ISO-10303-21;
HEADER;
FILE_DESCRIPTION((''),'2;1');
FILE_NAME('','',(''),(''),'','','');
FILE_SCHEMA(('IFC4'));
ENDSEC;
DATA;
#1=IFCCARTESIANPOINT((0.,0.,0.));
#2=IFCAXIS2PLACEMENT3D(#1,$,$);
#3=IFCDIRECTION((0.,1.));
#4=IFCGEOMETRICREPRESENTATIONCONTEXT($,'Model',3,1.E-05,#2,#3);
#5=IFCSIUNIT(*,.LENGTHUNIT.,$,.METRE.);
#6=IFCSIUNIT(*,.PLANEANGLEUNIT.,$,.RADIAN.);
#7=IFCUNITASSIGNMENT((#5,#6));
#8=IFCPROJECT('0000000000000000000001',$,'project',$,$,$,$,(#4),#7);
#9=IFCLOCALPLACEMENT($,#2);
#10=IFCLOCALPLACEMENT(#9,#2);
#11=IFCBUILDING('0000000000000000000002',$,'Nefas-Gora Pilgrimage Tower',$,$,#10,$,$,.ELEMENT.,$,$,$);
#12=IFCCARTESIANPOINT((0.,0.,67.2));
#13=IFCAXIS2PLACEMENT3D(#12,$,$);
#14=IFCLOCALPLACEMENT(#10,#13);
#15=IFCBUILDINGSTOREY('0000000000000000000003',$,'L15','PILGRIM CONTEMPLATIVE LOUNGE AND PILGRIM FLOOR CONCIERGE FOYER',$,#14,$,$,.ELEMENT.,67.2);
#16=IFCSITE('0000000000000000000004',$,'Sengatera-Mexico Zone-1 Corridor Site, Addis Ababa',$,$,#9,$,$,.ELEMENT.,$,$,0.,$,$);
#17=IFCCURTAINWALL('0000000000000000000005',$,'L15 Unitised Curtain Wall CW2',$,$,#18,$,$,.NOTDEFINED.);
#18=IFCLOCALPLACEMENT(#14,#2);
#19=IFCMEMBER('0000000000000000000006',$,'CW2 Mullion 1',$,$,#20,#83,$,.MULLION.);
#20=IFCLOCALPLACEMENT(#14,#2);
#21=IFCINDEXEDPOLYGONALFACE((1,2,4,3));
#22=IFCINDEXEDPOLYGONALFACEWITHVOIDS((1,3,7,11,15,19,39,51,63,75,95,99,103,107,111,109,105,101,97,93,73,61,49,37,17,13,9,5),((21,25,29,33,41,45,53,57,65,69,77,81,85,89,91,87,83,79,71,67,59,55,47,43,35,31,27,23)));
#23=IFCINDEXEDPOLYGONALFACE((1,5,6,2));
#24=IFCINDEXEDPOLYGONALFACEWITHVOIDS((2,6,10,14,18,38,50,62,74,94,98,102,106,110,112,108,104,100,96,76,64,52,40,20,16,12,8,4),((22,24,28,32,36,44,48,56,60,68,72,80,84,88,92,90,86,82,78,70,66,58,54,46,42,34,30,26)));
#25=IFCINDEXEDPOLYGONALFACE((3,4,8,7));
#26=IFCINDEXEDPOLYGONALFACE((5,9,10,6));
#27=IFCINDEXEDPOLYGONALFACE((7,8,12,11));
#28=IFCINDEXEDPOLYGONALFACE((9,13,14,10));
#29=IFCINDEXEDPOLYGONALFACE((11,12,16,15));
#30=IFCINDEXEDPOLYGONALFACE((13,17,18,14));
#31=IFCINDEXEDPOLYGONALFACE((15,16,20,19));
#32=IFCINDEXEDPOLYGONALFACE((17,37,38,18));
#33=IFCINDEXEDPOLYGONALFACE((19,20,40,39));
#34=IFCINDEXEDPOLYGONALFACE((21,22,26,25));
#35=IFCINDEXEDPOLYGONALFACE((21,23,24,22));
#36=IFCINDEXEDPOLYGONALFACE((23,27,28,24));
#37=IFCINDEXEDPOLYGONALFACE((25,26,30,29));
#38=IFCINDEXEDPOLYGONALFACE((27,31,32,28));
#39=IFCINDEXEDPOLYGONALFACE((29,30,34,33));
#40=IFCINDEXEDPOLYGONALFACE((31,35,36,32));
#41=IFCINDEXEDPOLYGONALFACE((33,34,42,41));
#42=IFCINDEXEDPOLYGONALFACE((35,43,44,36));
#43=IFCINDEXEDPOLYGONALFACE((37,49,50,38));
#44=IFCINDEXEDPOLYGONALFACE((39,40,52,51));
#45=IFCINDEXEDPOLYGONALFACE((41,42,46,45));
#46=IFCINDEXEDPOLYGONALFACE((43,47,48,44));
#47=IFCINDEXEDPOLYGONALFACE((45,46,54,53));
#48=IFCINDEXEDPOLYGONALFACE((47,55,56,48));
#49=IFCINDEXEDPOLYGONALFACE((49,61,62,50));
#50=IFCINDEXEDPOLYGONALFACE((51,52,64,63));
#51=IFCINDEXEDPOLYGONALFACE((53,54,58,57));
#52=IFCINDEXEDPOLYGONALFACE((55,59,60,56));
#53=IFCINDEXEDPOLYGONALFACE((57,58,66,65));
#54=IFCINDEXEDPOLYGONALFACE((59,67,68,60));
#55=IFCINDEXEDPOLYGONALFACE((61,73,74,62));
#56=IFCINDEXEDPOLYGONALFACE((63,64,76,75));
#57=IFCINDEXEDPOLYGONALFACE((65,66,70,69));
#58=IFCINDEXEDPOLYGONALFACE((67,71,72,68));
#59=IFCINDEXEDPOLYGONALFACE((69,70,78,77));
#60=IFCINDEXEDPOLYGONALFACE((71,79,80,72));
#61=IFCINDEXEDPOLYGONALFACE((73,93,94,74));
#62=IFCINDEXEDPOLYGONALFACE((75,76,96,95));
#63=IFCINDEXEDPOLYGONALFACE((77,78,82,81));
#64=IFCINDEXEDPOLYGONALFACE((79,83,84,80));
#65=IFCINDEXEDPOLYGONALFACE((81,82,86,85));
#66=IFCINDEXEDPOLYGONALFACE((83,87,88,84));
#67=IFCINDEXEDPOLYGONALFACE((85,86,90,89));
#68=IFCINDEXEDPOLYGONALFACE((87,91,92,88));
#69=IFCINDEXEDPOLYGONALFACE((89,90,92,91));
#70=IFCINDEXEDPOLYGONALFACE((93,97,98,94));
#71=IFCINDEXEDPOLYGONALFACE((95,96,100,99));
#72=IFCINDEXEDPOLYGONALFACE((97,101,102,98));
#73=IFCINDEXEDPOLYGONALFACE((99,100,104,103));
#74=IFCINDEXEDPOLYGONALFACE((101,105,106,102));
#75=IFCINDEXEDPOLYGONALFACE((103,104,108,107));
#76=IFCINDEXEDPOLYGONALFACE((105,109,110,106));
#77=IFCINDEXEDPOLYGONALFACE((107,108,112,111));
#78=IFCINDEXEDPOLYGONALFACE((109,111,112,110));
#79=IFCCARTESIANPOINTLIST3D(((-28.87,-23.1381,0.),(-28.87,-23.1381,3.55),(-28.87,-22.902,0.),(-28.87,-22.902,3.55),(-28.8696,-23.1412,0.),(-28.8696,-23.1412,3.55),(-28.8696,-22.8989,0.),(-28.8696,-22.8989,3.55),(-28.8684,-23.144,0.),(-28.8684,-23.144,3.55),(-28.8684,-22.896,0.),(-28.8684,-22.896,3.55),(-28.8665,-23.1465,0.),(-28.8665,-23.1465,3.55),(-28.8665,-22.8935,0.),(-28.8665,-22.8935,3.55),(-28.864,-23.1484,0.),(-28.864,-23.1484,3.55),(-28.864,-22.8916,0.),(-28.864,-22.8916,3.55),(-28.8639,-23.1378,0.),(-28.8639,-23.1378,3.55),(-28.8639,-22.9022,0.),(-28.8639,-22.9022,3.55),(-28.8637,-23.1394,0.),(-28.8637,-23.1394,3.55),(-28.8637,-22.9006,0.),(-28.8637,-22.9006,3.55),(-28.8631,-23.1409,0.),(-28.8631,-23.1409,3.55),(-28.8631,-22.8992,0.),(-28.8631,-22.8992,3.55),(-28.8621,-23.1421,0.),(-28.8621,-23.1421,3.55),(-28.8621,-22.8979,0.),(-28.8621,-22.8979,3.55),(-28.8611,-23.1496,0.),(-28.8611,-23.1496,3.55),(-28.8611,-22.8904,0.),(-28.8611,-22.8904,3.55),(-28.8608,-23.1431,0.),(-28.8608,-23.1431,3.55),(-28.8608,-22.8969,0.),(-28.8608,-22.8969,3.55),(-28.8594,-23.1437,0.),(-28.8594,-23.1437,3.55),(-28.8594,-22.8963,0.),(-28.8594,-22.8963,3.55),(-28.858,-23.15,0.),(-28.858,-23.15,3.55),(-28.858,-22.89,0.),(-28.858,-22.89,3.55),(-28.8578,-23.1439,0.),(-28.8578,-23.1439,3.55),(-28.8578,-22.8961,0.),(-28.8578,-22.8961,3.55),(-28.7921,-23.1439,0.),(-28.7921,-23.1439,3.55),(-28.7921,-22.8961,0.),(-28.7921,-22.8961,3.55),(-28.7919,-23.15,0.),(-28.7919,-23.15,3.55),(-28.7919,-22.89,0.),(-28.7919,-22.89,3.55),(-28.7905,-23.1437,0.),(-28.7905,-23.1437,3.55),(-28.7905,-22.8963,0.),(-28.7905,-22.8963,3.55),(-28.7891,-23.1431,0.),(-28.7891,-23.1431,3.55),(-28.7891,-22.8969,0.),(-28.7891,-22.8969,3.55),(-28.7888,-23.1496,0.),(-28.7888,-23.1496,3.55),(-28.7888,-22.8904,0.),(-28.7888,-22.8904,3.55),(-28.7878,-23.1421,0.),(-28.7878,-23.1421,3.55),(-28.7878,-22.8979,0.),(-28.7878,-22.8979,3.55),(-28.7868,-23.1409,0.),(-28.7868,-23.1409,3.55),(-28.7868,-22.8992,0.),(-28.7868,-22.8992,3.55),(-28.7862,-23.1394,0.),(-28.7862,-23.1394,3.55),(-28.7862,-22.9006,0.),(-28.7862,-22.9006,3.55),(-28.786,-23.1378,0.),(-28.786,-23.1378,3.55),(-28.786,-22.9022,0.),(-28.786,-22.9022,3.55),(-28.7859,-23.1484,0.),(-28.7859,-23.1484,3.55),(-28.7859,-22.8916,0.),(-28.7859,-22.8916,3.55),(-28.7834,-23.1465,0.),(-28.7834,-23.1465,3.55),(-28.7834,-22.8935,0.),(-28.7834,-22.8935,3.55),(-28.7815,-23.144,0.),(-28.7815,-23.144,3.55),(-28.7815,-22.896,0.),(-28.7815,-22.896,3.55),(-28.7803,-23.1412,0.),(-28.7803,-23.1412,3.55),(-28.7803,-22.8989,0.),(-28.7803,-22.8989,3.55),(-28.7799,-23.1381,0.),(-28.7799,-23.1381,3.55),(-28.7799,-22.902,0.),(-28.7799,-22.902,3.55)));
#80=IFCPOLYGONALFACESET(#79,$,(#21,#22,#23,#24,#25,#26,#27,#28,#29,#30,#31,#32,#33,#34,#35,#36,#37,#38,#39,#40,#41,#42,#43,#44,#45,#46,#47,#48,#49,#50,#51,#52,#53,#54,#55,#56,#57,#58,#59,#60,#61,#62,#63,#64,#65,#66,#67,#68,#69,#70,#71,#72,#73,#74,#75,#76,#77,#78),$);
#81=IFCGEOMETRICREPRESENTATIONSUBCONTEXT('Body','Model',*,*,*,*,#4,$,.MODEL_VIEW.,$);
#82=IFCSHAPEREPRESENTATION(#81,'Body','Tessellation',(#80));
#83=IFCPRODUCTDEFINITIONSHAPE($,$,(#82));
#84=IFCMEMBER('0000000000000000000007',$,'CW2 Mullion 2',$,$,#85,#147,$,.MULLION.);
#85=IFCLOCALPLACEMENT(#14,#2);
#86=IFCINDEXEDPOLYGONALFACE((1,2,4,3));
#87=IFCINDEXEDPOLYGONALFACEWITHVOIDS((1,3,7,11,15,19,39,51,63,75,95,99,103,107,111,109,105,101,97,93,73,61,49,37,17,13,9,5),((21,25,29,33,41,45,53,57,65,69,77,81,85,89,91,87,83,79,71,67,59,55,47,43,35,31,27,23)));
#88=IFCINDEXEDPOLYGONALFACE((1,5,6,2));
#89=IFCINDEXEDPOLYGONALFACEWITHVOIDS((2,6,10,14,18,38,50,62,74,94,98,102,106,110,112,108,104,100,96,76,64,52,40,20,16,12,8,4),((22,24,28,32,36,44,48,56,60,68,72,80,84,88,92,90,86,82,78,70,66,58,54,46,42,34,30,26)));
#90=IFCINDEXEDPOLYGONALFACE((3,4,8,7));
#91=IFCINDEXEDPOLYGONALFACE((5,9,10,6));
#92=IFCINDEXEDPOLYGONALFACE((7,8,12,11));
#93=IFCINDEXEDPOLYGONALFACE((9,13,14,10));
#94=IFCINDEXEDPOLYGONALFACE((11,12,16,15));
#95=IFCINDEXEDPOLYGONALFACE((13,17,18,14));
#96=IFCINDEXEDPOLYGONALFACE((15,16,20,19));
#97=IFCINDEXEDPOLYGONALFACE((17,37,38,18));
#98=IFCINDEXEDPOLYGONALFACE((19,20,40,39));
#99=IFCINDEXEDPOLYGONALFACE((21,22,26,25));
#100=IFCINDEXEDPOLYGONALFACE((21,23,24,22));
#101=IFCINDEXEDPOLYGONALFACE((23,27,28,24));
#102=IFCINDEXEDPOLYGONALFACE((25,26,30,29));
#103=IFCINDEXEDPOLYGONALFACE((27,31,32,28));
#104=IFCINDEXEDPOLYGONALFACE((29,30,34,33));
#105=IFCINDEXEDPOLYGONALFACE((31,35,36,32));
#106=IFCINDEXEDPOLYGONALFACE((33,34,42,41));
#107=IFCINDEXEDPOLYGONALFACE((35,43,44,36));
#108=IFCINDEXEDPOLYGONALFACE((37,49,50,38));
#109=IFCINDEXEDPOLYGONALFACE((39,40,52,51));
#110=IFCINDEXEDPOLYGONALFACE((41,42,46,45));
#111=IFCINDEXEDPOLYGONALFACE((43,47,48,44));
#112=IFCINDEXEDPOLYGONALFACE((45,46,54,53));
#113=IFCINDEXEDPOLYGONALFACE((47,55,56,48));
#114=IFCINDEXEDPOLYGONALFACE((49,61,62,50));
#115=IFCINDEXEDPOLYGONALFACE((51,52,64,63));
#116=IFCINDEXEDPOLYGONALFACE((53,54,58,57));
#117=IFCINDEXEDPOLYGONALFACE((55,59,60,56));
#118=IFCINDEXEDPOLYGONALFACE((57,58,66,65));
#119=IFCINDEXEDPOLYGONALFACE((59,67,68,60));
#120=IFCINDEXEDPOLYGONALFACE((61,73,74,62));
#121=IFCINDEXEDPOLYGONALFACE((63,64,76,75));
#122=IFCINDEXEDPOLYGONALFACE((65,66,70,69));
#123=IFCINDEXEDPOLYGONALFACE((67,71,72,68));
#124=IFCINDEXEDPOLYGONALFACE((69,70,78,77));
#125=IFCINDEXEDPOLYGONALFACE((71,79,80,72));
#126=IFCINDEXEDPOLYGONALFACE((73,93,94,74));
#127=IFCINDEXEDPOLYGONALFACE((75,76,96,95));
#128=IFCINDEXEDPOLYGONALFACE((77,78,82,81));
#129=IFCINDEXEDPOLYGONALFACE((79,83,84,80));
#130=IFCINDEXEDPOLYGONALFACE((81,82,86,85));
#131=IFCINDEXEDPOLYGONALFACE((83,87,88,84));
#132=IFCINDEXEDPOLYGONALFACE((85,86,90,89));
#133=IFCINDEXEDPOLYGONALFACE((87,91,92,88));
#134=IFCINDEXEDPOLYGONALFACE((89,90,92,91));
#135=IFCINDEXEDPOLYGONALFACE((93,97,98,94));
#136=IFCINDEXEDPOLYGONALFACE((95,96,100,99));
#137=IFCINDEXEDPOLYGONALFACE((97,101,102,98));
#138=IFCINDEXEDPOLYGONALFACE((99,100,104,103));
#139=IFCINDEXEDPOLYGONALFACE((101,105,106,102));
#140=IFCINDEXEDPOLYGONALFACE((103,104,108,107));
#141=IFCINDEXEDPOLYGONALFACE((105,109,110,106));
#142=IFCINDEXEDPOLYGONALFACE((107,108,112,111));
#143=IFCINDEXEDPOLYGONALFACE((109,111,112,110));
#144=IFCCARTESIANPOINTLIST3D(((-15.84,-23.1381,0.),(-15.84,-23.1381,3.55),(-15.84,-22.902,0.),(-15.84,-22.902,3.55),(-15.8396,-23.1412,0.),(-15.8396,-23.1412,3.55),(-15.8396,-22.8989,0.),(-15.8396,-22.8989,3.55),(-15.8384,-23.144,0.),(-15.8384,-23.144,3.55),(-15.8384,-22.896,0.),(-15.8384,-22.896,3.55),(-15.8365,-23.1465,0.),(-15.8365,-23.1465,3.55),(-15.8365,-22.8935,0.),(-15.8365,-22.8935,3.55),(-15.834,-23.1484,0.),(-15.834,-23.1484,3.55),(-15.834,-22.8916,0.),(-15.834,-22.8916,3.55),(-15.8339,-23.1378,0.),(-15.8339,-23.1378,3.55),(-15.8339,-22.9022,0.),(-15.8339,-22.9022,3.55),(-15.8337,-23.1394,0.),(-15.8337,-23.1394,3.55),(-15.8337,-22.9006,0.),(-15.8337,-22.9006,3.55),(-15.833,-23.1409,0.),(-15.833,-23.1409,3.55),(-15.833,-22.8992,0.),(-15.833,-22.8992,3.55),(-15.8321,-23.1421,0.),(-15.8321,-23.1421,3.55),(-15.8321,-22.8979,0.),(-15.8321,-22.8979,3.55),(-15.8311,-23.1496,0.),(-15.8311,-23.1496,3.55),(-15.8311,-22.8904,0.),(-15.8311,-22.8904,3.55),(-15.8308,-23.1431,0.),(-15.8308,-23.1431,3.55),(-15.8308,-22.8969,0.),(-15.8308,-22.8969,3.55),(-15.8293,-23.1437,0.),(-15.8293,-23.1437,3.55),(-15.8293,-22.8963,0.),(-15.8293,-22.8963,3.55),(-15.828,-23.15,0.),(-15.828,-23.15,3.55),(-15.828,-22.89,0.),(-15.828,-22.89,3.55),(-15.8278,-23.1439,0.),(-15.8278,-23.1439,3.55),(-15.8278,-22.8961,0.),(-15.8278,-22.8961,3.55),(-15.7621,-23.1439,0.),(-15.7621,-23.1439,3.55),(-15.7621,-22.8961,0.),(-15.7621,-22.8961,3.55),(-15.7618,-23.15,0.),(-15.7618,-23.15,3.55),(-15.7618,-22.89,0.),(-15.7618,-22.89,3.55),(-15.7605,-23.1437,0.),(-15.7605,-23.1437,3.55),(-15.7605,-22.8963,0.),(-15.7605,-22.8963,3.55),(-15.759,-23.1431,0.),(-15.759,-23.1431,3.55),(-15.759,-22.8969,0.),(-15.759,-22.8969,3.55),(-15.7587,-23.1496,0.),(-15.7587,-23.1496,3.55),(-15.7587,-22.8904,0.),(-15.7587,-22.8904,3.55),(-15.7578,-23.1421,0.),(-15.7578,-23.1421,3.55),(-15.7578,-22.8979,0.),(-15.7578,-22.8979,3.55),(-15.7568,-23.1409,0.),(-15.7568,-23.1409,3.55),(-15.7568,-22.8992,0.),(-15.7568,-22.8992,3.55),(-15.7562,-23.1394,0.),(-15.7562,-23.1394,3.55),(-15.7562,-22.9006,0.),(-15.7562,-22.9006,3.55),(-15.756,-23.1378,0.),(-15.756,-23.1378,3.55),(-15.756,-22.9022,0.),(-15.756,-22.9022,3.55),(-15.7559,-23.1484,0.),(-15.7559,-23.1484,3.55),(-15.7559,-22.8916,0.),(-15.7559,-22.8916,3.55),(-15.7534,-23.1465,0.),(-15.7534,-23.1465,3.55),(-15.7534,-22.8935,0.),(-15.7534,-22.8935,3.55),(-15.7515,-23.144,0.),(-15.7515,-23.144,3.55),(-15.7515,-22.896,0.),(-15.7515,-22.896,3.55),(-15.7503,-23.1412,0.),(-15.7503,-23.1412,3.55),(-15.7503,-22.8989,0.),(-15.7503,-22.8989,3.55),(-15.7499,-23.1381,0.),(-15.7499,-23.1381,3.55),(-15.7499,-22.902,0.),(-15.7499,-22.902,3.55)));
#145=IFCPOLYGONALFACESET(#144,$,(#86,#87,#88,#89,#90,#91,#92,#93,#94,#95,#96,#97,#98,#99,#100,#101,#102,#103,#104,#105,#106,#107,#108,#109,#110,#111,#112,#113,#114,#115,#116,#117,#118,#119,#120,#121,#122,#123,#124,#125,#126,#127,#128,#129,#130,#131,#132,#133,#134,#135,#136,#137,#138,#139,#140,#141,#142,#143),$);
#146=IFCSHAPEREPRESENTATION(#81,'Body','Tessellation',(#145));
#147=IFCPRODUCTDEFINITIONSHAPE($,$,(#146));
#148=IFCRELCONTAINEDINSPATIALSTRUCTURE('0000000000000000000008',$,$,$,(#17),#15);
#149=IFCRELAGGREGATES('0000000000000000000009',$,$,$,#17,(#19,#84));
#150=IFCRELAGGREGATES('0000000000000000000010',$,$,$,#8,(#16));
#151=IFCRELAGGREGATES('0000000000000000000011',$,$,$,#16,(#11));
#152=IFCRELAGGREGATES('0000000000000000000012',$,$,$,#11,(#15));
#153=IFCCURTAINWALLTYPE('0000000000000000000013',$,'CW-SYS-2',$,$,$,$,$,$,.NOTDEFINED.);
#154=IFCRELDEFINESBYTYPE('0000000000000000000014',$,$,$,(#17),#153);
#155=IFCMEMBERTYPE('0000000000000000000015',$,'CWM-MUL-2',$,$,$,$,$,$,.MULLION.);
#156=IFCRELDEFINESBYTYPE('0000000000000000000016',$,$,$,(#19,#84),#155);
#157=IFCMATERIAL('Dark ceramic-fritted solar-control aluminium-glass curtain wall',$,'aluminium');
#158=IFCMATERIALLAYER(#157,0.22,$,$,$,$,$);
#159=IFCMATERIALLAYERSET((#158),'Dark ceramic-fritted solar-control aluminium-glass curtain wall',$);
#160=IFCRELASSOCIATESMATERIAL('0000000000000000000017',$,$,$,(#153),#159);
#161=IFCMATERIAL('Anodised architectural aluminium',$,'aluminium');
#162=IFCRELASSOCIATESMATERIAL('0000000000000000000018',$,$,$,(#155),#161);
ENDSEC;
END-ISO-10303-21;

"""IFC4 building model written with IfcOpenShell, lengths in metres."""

from ifc_helpers import new_model, si_unit, direction, frame, origin, origin_2d, place, context, subcontext, project, spatial, hollow_rectangle, extrude, source, transform, mapped, material, layer, layer_set, material_profile, profile_set, type_object, element, aggregate, save


model = new_model("IFC4")

# Units and contexts
model_context = context("Model", 3, precision=1e-05, world=origin(), true_north=direction((0.0, 1.0)))
body_context = subcontext(model_context, "Body", "Model", "MODEL_VIEW")
ifc_project = project(units=[si_unit("LENGTHUNIT", "METRE"), si_unit("PLANEANGLEUNIT", "RADIAN")], contexts=[model_context])

# Site, building, storey
site_placement = place(None, origin())
site = spatial("IfcSite", under=ifc_project, at=site_placement, Name="Sengatera-Mexico Zone-1 Corridor Site, Addis Ababa", CompositionType="ELEMENT", RefElevation=0.0)
building_placement = place(site_placement, origin())
building = spatial("IfcBuilding", under=site, at=building_placement, Name="Nefas-Gora Pilgrimage Tower", CompositionType="ELEMENT")
storey_placement = place(building_placement, frame((0.0, 0.0, 67.2)))
storey = spatial("IfcBuildingStorey", under=building, at=storey_placement, Name="L15", Description="PILGRIM CONTEMPLATIVE LOUNGE AND PILGRIM FLOOR CONCIERGE FOYER", CompositionType="ELEMENT", Elevation=67.2)

# Curtain wall, members
ifc_material_1 = material(Name="Dark ceramic-fritted solar-control aluminium-glass curtain wall", Category="aluminium")
ifc_material_2 = material(Name="Anodised architectural aluminium", Category="aluminium")
ifc_layer_1 = layer(ifc_material_1, 0.22)
ifc_layer_set_1 = layer_set([ifc_layer_1], Name="Dark ceramic-fritted solar-control aluminium-glass curtain wall")
curtain_wall_type_1 = type_object("IfcCurtainWallType", Name="CW-SYS-2", PredefinedType="NOTDEFINED", material=ifc_layer_set_1)
ifc_material_profile_1 = material_profile(ifc_material_2, hollow_rectangle(XDim=0.0901, YDim=0.26, WallThickness=0.0061, InnerFilletRadius=0.0061, OuterFilletRadius=0.012, at=origin_2d()), Name="ALU MULLION 90x260")
ifc_profile_set_1 = profile_set([ifc_material_profile_1], Name="Anodised architectural aluminium")
member_type_1 = type_object("IfcMemberType", Name="CWM-MUL-2", PredefinedType="MULLION", material=ifc_profile_set_1)
shared_shape_1 = source(origin(), body_context, "Body", "SweptSolid", [
    extrude(hollow_rectangle(XDim=0.0901, YDim=0.26, WallThickness=0.0061, InnerFilletRadius=0.0061, OuterFilletRadius=0.012, at=origin_2d()), origin(), (0.0, 0.0, 1.0), 3.55),
])
curtain_wall_1_placement = place(storey_placement, origin())
curtain_wall_1 = element("IfcCurtainWall", 1, at=curtain_wall_1_placement, inside=storey, type_object=curtain_wall_type_1, Name="L15 Unitised Curtain Wall CW2", PredefinedType="NOTDEFINED")
member_1_placement = place(storey_placement, frame((-28.825, -23.02, 0.0), z_axis=(0.0, 0.0, 1.0), x_axis=(1.0, 0.0, 0.0)))
member_1 = element("IfcMember", 2, at=member_1_placement, type_object=member_type_1, Name="CW2 Mullion 1", PredefinedType="MULLION", context=body_context, shape_type="MappedRepresentation", body=[
    mapped(shared_shape_1, transform((0.0, 0.0, 0.0), x_axis=(1.0, 0.0, 0.0), y_axis=(0.0, 1.0, 0.0), z_axis=(0.0, 0.0, 1.0), scale=1.0)),
])
member_2_placement = place(storey_placement, frame((-15.7949, -23.02, 0.0), z_axis=(0.0, 0.0, 1.0), x_axis=(1.0, 0.0, 0.0)))
member_2 = element("IfcMember", 3, at=member_2_placement, type_object=member_type_1, Name="CW2 Mullion 2", PredefinedType="MULLION", context=body_context, shape_type="MappedRepresentation", body=[
    mapped(shared_shape_1, transform((0.0, 0.0, 0.0), x_axis=(1.0, 0.0, 0.0), y_axis=(0.0, 1.0, 0.0), z_axis=(0.0, 0.0, 1.0), scale=1.0)),
])

aggregate(curtain_wall_1, [member_1, member_2])

save(model, "model.ifc")
